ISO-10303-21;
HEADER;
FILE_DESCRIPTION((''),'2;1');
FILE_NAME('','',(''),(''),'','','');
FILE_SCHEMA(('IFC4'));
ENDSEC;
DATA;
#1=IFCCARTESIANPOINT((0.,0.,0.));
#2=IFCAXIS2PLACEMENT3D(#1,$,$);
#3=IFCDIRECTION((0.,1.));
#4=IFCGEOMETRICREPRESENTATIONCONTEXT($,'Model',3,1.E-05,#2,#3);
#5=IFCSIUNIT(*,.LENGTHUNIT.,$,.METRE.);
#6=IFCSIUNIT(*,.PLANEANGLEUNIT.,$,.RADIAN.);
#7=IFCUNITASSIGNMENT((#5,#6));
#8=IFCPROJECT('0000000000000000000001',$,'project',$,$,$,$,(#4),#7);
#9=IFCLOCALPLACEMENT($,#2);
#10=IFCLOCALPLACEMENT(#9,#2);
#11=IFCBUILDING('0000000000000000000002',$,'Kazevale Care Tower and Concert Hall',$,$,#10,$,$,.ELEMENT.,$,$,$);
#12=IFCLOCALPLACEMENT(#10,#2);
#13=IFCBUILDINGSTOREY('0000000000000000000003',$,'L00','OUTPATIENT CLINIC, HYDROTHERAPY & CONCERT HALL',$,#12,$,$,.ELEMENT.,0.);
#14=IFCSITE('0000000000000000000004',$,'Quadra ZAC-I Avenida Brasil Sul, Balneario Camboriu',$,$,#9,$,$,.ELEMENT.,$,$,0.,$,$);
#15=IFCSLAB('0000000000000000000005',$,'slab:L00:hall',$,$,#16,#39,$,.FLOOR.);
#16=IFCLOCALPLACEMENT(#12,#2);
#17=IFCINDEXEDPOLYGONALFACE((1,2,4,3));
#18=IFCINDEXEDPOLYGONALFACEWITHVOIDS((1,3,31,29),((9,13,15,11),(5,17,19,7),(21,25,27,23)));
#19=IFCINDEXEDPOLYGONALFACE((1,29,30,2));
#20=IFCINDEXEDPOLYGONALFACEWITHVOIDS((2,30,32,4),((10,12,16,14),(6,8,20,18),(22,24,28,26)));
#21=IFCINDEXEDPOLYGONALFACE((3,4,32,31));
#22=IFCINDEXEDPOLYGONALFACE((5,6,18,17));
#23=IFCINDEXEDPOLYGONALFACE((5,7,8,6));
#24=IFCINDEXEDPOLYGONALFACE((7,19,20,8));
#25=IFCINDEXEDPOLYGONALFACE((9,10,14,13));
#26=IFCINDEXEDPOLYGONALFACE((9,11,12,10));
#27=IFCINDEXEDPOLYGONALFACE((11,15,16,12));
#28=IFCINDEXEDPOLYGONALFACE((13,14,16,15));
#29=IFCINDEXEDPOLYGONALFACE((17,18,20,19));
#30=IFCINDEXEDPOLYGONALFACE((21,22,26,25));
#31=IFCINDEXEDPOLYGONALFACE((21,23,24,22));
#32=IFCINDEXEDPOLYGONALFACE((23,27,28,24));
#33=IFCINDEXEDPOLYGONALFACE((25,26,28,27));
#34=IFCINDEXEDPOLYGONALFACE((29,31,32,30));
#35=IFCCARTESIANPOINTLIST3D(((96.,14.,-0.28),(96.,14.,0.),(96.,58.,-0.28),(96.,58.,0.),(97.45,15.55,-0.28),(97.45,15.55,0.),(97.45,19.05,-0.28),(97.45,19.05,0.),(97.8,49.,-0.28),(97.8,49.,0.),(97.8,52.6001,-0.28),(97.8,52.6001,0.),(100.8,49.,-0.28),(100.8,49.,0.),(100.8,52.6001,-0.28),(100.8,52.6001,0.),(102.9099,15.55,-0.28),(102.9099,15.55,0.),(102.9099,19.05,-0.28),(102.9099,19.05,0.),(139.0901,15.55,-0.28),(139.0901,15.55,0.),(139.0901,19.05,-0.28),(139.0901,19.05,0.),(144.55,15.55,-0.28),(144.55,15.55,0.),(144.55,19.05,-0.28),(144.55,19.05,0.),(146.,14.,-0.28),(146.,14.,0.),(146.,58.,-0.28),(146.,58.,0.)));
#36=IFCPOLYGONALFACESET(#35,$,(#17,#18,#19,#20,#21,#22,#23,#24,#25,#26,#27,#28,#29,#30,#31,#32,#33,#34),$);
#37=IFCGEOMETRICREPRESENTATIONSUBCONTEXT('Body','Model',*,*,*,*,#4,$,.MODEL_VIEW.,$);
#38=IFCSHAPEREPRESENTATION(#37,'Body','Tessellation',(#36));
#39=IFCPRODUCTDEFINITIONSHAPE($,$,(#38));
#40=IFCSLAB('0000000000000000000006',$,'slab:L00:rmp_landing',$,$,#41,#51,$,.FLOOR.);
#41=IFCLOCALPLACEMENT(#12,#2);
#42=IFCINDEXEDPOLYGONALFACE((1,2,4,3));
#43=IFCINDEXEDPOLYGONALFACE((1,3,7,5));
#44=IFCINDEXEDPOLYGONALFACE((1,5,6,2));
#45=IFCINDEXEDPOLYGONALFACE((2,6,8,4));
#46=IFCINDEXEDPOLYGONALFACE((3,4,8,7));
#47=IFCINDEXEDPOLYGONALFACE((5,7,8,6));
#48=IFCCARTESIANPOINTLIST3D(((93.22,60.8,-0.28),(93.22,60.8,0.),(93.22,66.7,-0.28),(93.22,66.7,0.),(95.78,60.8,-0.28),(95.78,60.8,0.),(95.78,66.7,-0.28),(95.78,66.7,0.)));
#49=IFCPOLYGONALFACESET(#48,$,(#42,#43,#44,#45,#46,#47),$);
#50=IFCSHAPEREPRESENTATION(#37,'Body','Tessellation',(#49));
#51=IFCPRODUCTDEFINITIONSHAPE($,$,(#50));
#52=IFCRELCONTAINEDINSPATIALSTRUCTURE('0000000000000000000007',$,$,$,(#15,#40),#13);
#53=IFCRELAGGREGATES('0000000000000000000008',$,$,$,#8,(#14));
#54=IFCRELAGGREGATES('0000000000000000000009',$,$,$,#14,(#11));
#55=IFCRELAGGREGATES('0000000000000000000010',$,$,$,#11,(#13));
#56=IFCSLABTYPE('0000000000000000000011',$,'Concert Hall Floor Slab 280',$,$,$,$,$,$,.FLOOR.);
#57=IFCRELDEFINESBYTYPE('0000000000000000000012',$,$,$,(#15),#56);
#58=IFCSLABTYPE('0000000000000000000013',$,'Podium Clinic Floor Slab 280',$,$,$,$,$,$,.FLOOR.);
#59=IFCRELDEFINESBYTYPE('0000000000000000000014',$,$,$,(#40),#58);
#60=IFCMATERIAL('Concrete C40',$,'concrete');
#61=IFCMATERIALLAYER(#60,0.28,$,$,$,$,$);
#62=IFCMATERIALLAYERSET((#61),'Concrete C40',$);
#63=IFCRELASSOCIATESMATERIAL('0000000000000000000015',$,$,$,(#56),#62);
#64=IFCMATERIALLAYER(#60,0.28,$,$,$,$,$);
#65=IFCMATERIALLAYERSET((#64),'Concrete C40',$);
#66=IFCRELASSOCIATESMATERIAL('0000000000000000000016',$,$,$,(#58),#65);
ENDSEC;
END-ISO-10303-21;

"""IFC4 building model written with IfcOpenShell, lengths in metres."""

from ifc_helpers import new_model, si_unit, direction, frame, origin, place, context, subcontext, project, spatial, polyline, outline, extrude, material, layer, layer_set, type_object, element, save


model = new_model("IFC4")

# Units and contexts
model_context = context("Model", 3, precision=1e-05, world=origin(), true_north=direction((0.0, 1.0)))
body_context = subcontext(model_context, "Body", "Model", "MODEL_VIEW")
ifc_project = project(units=[si_unit("LENGTHUNIT", "METRE"), si_unit("PLANEANGLEUNIT", "RADIAN")], contexts=[model_context])

# Site, building, storey
site_placement = place(None, origin())
site = spatial("IfcSite", under=ifc_project, at=site_placement, Name="Quadra ZAC-I Avenida Brasil Sul, Balneario Camboriu", CompositionType="ELEMENT", RefElevation=0.0)
building_placement = place(site_placement, origin())
building = spatial("IfcBuilding", under=site, at=building_placement, Name="Kazevale Care Tower and Concert Hall", CompositionType="ELEMENT")
storey_placement = place(building_placement, origin())
storey = spatial("IfcBuildingStorey", under=building, at=storey_placement, Name="L00", Description="OUTPATIENT CLINIC, HYDROTHERAPY & CONCERT HALL", CompositionType="ELEMENT", Elevation=0.0)

# Slabs
ifc_material_1 = material(Name="Concrete C40", Category="concrete")
ifc_layer_1 = layer(ifc_material_1, 0.28)
ifc_layer_set_1 = layer_set([ifc_layer_1], Name="Concrete C40")
slab_type_1 = type_object("IfcSlabType", Name="Concert Hall Floor Slab 280", PredefinedType="FLOOR", material=ifc_layer_set_1)
slab_1_placement = place(storey_placement, frame((0.0, 0.0, -0.28)))
element("IfcSlab", 1, at=slab_1_placement, inside=storey, type_object=slab_type_1, Name="slab:L00:hall", PredefinedType="FLOOR", context=body_context, shape_type="SweptSolid", body=[
    extrude(outline(polyline([(96.0, 14.0), (146.0, 14.0), (146.0, 58.0), (96.0, 58.0), (96.0, 14.0)]), holes=[polyline([(97.45, 15.55), (102.9099, 15.55), (102.9099, 19.05), (97.45, 19.05), (97.45, 15.55)]), polyline([(139.0901, 15.55), (144.55, 15.55), (144.55, 19.05), (139.0901, 19.05), (139.0901, 15.55)]), polyline([(97.8, 49.0), (100.8, 49.0), (100.8, 52.6001), (97.8, 52.6001), (97.8, 49.0)])]), origin(), (0.0, 0.0, 1.0), 0.28),
])
ifc_layer_2 = layer(ifc_material_1, 0.28)
ifc_layer_set_2 = layer_set([ifc_layer_2], Name="Concrete C40")
slab_type_2 = type_object("IfcSlabType", Name="Podium Clinic Floor Slab 280", PredefinedType="FLOOR", material=ifc_layer_set_2)
slab_2_placement = place(storey_placement, frame((0.0, 0.0, -0.28)))
element("IfcSlab", 2, at=slab_2_placement, inside=storey, type_object=slab_type_2, Name="slab:L00:rmp_landing", PredefinedType="FLOOR", context=body_context, shape_type="SweptSolid", body=[
    extrude(outline(polyline([(93.22, 60.8), (95.78, 60.8), (95.78, 66.7), (93.22, 66.7), (93.22, 60.8)])), origin(), (0.0, 0.0, 1.0), 0.28),
])

save(model, "model.ifc")
